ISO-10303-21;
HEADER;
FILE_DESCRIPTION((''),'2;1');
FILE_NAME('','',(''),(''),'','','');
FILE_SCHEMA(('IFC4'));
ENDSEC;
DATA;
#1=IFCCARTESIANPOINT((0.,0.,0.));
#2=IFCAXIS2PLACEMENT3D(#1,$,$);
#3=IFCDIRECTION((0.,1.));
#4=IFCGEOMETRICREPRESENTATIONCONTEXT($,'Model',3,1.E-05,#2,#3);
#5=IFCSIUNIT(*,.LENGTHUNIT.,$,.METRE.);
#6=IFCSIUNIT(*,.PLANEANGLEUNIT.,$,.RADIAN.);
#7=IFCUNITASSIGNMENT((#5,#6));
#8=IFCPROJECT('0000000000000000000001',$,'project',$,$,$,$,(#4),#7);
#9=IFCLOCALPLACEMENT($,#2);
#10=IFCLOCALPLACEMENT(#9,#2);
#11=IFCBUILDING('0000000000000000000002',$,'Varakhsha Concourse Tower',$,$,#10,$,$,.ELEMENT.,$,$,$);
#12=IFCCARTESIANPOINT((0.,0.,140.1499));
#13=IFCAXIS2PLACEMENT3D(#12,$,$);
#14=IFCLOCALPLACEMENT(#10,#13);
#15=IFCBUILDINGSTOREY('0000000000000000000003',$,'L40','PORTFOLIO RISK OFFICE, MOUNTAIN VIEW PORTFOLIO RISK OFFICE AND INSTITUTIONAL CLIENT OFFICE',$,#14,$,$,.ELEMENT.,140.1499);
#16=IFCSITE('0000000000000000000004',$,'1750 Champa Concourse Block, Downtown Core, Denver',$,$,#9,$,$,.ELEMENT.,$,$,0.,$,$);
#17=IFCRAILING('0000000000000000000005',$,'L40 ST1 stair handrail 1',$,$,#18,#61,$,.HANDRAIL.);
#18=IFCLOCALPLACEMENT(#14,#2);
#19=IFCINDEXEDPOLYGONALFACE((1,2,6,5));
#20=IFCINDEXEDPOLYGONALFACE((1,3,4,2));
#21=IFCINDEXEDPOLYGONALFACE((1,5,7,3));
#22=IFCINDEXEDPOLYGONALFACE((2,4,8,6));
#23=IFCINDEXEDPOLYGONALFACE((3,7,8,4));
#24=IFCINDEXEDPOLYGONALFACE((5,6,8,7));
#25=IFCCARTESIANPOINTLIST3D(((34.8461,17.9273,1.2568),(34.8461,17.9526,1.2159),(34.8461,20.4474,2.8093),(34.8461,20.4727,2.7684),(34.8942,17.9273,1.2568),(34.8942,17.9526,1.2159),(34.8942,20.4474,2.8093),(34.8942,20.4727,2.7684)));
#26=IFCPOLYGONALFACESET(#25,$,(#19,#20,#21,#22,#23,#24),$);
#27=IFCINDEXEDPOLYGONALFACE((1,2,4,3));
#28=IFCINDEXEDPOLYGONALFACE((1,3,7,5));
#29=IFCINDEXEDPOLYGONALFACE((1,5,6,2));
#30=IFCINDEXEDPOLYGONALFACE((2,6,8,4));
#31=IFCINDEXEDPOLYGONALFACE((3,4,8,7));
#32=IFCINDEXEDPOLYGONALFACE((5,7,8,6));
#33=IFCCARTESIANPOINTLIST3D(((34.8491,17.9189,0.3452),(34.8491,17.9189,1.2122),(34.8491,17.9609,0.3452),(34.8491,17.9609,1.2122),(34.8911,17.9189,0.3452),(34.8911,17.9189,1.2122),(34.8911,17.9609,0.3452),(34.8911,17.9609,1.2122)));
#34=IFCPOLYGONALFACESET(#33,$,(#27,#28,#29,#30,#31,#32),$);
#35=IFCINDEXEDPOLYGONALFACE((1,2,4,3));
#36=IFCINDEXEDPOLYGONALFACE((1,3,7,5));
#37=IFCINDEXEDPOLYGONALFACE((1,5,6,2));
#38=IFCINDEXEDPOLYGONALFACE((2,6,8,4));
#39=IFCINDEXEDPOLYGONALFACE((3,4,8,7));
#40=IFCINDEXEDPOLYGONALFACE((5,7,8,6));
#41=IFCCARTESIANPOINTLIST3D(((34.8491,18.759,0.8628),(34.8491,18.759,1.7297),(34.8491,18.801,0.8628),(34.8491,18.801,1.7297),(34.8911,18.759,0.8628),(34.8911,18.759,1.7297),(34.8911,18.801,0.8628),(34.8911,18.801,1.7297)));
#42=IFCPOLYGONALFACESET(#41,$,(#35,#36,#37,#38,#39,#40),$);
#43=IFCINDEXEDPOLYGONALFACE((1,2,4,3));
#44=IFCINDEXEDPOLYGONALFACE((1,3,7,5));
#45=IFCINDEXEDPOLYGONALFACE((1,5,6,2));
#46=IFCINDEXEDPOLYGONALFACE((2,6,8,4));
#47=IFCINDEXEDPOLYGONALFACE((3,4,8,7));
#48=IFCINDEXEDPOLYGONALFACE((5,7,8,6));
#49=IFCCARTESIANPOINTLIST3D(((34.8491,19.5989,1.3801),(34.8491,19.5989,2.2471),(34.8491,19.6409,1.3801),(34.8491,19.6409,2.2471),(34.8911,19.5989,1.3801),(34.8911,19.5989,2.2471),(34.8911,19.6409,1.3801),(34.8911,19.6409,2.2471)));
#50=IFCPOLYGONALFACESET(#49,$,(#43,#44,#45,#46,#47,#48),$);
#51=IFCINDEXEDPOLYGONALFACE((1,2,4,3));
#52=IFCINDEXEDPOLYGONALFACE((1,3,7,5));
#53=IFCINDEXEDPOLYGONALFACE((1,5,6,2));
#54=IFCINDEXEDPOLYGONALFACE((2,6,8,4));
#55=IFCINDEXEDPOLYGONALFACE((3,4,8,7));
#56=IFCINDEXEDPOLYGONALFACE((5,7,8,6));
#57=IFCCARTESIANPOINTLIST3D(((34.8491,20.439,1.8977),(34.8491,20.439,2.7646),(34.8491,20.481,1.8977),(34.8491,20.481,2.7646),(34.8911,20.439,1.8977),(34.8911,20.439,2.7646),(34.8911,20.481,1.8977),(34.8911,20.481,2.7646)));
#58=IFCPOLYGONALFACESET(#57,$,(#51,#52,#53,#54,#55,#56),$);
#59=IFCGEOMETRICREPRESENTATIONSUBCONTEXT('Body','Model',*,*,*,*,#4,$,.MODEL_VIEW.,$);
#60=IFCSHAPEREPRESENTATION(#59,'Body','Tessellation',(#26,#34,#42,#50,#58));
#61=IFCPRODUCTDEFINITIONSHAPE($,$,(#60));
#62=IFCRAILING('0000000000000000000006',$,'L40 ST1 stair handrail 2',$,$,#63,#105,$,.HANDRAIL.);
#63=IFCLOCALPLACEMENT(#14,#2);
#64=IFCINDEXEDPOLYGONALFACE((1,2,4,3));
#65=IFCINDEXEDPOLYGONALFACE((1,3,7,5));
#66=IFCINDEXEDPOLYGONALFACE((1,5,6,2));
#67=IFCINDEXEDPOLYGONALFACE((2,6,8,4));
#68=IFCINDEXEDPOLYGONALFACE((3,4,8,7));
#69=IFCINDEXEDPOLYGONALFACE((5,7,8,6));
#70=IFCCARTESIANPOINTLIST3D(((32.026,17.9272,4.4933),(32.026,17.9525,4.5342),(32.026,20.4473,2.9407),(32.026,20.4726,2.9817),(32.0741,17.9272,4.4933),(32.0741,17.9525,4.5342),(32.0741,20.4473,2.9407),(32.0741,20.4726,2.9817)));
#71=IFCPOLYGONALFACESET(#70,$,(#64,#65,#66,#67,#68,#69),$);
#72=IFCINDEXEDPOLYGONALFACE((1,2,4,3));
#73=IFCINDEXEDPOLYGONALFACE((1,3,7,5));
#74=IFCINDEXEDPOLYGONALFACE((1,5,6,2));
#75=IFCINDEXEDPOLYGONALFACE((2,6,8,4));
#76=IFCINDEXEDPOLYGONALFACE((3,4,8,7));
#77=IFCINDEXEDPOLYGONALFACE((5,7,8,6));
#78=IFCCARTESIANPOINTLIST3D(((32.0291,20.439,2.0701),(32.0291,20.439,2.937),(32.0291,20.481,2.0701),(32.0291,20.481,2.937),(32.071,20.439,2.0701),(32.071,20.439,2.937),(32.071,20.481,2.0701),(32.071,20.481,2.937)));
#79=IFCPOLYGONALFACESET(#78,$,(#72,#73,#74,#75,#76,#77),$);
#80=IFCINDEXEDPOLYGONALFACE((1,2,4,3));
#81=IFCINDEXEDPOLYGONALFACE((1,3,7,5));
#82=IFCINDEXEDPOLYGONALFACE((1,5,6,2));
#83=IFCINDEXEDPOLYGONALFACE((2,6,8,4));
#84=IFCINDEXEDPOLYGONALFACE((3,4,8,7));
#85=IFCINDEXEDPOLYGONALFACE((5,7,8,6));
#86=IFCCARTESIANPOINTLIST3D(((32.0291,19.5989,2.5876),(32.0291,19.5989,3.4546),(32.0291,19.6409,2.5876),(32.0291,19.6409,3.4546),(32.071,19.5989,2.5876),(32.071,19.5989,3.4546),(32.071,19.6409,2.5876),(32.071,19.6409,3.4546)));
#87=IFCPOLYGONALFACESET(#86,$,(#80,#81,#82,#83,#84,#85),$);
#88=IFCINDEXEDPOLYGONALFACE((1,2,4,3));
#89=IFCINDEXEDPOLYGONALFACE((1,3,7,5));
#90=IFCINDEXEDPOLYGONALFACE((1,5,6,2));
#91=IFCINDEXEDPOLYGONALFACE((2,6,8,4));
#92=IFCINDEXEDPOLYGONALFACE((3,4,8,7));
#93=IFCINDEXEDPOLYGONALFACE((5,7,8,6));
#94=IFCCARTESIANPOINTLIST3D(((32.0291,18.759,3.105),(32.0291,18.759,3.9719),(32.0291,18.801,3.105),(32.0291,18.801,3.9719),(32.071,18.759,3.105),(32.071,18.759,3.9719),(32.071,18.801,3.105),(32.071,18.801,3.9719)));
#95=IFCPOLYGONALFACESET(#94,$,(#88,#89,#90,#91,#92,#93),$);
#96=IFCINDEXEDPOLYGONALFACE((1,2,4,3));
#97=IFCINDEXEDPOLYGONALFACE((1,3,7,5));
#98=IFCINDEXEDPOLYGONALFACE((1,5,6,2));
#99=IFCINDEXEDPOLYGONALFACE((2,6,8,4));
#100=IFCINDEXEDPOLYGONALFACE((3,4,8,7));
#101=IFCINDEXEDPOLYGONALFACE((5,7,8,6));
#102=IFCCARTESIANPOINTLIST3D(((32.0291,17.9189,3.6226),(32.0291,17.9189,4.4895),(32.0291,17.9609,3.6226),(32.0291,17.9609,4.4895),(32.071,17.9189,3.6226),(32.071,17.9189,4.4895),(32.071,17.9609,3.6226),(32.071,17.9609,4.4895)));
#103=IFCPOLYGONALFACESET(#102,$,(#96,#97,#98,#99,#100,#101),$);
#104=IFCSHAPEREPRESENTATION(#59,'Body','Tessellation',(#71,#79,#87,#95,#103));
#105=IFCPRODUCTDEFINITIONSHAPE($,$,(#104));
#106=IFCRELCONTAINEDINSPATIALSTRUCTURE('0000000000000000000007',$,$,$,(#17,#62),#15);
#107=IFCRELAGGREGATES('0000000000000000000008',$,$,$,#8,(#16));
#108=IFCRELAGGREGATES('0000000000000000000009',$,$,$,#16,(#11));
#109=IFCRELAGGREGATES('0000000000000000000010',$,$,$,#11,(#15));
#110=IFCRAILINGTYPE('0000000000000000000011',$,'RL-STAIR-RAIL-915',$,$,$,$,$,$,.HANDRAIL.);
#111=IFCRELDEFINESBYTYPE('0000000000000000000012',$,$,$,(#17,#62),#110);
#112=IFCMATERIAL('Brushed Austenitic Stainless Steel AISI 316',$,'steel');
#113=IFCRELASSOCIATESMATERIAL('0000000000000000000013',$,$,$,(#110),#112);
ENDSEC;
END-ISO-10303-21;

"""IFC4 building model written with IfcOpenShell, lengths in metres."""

from ifc_helpers import new_model, si_unit, direction, frame, origin, origin_2d, place, context, subcontext, project, spatial, rectangle, extrude, material, type_object, element, save


model = new_model("IFC4")

# Units and contexts
model_context = context("Model", 3, precision=1e-05, world=origin(), true_north=direction((0.0, 1.0)))
body_context = subcontext(model_context, "Body", "Model", "MODEL_VIEW")
ifc_project = project(units=[si_unit("LENGTHUNIT", "METRE"), si_unit("PLANEANGLEUNIT", "RADIAN")], contexts=[model_context])

# Site, building, storey
site_placement = place(None, origin())
site = spatial("IfcSite", under=ifc_project, at=site_placement, Name="1750 Champa Concourse Block, Downtown Core, Denver", CompositionType="ELEMENT", RefElevation=0.0)
building_placement = place(site_placement, origin())
building = spatial("IfcBuilding", under=site, at=building_placement, Name="Varakhsha Concourse Tower", CompositionType="ELEMENT")
storey_placement = place(building_placement, frame((0.0, 0.0, 140.1499)))
storey = spatial("IfcBuildingStorey", under=building, at=storey_placement, Name="L40", Description="PORTFOLIO RISK OFFICE, MOUNTAIN VIEW PORTFOLIO RISK OFFICE AND INSTITUTIONAL CLIENT OFFICE", CompositionType="ELEMENT", Elevation=140.1499)

# Railings
ifc_material_1 = material(Name="Brushed Austenitic Stainless Steel AISI 316", Category="steel")
railing_type_1 = type_object("IfcRailingType", Name="RL-STAIR-RAIL-915", PredefinedType="HANDRAIL", material=ifc_material_1)
railing_1_placement = place(storey_placement, frame((34.8701, 17.9399, 0.3452)))
element("IfcRailing", 1, at=railing_1_placement, inside=storey, type_object=railing_type_1, Name="L40 ST1 stair handrail 1", PredefinedType="HANDRAIL", context=body_context, shape_type="SweptSolid", body=[
    extrude(rectangle(XDim=0.0481, YDim=0.0481, at=origin_2d()), frame((0.0, 0.0, 0.8911), z_axis=(0.0, 0.8514, 0.524516), x_axis=(-1.0, 0.0, 0.0)), (0.0, 0.0, 1.0), 2.96),
    extrude(rectangle(XDim=0.042, YDim=0.042, at=origin_2d()), origin(), (0.0, 0.0, 1.0), 0.8669),
    extrude(rectangle(XDim=0.042, YDim=0.042, at=origin_2d()), frame((0.0, 0.8401, 0.5176)), (0.0, 0.0, 1.0), 0.8669),
    extrude(rectangle(XDim=0.042, YDim=0.042, at=origin_2d()), frame((0.0, 1.6799, 1.0349)), (0.0, 0.0, 1.0), 0.8669),
    extrude(rectangle(XDim=0.042, YDim=0.042, at=origin_2d()), frame((0.0, 2.52, 1.5525)), (0.0, 0.0, 1.0), 0.8669),
])
railing_2_placement = place(storey_placement, frame((32.05, 20.46, 2.0701)))
element("IfcRailing", 2, at=railing_2_placement, inside=storey, type_object=railing_type_1, Name="L40 ST1 stair handrail 2", PredefinedType="HANDRAIL", context=body_context, shape_type="SweptSolid", body=[
    extrude(rectangle(XDim=0.0481, YDim=0.0481, at=origin_2d()), frame((0.0, 0.0, 0.8911), z_axis=(0.0, -0.8514, 0.524516), x_axis=(1.0, 0.0, 0.0)), (0.0, 0.0, 1.0), 2.96),
    extrude(rectangle(XDim=0.042, YDim=0.042, at=origin_2d()), origin(), (0.0, 0.0, 1.0), 0.8669),
    extrude(rectangle(XDim=0.042, YDim=0.042, at=origin_2d()), frame((0.0, -0.8401, 0.5176)), (0.0, 0.0, 1.0), 0.8669),
    extrude(rectangle(XDim=0.042, YDim=0.042, at=origin_2d()), frame((0.0, -1.6799, 1.0349)), (0.0, 0.0, 1.0), 0.8669),
    extrude(rectangle(XDim=0.042, YDim=0.042, at=origin_2d()), frame((0.0, -2.52, 1.5525)), (0.0, 0.0, 1.0), 0.8669),
])

save(model, "model.ifc")
